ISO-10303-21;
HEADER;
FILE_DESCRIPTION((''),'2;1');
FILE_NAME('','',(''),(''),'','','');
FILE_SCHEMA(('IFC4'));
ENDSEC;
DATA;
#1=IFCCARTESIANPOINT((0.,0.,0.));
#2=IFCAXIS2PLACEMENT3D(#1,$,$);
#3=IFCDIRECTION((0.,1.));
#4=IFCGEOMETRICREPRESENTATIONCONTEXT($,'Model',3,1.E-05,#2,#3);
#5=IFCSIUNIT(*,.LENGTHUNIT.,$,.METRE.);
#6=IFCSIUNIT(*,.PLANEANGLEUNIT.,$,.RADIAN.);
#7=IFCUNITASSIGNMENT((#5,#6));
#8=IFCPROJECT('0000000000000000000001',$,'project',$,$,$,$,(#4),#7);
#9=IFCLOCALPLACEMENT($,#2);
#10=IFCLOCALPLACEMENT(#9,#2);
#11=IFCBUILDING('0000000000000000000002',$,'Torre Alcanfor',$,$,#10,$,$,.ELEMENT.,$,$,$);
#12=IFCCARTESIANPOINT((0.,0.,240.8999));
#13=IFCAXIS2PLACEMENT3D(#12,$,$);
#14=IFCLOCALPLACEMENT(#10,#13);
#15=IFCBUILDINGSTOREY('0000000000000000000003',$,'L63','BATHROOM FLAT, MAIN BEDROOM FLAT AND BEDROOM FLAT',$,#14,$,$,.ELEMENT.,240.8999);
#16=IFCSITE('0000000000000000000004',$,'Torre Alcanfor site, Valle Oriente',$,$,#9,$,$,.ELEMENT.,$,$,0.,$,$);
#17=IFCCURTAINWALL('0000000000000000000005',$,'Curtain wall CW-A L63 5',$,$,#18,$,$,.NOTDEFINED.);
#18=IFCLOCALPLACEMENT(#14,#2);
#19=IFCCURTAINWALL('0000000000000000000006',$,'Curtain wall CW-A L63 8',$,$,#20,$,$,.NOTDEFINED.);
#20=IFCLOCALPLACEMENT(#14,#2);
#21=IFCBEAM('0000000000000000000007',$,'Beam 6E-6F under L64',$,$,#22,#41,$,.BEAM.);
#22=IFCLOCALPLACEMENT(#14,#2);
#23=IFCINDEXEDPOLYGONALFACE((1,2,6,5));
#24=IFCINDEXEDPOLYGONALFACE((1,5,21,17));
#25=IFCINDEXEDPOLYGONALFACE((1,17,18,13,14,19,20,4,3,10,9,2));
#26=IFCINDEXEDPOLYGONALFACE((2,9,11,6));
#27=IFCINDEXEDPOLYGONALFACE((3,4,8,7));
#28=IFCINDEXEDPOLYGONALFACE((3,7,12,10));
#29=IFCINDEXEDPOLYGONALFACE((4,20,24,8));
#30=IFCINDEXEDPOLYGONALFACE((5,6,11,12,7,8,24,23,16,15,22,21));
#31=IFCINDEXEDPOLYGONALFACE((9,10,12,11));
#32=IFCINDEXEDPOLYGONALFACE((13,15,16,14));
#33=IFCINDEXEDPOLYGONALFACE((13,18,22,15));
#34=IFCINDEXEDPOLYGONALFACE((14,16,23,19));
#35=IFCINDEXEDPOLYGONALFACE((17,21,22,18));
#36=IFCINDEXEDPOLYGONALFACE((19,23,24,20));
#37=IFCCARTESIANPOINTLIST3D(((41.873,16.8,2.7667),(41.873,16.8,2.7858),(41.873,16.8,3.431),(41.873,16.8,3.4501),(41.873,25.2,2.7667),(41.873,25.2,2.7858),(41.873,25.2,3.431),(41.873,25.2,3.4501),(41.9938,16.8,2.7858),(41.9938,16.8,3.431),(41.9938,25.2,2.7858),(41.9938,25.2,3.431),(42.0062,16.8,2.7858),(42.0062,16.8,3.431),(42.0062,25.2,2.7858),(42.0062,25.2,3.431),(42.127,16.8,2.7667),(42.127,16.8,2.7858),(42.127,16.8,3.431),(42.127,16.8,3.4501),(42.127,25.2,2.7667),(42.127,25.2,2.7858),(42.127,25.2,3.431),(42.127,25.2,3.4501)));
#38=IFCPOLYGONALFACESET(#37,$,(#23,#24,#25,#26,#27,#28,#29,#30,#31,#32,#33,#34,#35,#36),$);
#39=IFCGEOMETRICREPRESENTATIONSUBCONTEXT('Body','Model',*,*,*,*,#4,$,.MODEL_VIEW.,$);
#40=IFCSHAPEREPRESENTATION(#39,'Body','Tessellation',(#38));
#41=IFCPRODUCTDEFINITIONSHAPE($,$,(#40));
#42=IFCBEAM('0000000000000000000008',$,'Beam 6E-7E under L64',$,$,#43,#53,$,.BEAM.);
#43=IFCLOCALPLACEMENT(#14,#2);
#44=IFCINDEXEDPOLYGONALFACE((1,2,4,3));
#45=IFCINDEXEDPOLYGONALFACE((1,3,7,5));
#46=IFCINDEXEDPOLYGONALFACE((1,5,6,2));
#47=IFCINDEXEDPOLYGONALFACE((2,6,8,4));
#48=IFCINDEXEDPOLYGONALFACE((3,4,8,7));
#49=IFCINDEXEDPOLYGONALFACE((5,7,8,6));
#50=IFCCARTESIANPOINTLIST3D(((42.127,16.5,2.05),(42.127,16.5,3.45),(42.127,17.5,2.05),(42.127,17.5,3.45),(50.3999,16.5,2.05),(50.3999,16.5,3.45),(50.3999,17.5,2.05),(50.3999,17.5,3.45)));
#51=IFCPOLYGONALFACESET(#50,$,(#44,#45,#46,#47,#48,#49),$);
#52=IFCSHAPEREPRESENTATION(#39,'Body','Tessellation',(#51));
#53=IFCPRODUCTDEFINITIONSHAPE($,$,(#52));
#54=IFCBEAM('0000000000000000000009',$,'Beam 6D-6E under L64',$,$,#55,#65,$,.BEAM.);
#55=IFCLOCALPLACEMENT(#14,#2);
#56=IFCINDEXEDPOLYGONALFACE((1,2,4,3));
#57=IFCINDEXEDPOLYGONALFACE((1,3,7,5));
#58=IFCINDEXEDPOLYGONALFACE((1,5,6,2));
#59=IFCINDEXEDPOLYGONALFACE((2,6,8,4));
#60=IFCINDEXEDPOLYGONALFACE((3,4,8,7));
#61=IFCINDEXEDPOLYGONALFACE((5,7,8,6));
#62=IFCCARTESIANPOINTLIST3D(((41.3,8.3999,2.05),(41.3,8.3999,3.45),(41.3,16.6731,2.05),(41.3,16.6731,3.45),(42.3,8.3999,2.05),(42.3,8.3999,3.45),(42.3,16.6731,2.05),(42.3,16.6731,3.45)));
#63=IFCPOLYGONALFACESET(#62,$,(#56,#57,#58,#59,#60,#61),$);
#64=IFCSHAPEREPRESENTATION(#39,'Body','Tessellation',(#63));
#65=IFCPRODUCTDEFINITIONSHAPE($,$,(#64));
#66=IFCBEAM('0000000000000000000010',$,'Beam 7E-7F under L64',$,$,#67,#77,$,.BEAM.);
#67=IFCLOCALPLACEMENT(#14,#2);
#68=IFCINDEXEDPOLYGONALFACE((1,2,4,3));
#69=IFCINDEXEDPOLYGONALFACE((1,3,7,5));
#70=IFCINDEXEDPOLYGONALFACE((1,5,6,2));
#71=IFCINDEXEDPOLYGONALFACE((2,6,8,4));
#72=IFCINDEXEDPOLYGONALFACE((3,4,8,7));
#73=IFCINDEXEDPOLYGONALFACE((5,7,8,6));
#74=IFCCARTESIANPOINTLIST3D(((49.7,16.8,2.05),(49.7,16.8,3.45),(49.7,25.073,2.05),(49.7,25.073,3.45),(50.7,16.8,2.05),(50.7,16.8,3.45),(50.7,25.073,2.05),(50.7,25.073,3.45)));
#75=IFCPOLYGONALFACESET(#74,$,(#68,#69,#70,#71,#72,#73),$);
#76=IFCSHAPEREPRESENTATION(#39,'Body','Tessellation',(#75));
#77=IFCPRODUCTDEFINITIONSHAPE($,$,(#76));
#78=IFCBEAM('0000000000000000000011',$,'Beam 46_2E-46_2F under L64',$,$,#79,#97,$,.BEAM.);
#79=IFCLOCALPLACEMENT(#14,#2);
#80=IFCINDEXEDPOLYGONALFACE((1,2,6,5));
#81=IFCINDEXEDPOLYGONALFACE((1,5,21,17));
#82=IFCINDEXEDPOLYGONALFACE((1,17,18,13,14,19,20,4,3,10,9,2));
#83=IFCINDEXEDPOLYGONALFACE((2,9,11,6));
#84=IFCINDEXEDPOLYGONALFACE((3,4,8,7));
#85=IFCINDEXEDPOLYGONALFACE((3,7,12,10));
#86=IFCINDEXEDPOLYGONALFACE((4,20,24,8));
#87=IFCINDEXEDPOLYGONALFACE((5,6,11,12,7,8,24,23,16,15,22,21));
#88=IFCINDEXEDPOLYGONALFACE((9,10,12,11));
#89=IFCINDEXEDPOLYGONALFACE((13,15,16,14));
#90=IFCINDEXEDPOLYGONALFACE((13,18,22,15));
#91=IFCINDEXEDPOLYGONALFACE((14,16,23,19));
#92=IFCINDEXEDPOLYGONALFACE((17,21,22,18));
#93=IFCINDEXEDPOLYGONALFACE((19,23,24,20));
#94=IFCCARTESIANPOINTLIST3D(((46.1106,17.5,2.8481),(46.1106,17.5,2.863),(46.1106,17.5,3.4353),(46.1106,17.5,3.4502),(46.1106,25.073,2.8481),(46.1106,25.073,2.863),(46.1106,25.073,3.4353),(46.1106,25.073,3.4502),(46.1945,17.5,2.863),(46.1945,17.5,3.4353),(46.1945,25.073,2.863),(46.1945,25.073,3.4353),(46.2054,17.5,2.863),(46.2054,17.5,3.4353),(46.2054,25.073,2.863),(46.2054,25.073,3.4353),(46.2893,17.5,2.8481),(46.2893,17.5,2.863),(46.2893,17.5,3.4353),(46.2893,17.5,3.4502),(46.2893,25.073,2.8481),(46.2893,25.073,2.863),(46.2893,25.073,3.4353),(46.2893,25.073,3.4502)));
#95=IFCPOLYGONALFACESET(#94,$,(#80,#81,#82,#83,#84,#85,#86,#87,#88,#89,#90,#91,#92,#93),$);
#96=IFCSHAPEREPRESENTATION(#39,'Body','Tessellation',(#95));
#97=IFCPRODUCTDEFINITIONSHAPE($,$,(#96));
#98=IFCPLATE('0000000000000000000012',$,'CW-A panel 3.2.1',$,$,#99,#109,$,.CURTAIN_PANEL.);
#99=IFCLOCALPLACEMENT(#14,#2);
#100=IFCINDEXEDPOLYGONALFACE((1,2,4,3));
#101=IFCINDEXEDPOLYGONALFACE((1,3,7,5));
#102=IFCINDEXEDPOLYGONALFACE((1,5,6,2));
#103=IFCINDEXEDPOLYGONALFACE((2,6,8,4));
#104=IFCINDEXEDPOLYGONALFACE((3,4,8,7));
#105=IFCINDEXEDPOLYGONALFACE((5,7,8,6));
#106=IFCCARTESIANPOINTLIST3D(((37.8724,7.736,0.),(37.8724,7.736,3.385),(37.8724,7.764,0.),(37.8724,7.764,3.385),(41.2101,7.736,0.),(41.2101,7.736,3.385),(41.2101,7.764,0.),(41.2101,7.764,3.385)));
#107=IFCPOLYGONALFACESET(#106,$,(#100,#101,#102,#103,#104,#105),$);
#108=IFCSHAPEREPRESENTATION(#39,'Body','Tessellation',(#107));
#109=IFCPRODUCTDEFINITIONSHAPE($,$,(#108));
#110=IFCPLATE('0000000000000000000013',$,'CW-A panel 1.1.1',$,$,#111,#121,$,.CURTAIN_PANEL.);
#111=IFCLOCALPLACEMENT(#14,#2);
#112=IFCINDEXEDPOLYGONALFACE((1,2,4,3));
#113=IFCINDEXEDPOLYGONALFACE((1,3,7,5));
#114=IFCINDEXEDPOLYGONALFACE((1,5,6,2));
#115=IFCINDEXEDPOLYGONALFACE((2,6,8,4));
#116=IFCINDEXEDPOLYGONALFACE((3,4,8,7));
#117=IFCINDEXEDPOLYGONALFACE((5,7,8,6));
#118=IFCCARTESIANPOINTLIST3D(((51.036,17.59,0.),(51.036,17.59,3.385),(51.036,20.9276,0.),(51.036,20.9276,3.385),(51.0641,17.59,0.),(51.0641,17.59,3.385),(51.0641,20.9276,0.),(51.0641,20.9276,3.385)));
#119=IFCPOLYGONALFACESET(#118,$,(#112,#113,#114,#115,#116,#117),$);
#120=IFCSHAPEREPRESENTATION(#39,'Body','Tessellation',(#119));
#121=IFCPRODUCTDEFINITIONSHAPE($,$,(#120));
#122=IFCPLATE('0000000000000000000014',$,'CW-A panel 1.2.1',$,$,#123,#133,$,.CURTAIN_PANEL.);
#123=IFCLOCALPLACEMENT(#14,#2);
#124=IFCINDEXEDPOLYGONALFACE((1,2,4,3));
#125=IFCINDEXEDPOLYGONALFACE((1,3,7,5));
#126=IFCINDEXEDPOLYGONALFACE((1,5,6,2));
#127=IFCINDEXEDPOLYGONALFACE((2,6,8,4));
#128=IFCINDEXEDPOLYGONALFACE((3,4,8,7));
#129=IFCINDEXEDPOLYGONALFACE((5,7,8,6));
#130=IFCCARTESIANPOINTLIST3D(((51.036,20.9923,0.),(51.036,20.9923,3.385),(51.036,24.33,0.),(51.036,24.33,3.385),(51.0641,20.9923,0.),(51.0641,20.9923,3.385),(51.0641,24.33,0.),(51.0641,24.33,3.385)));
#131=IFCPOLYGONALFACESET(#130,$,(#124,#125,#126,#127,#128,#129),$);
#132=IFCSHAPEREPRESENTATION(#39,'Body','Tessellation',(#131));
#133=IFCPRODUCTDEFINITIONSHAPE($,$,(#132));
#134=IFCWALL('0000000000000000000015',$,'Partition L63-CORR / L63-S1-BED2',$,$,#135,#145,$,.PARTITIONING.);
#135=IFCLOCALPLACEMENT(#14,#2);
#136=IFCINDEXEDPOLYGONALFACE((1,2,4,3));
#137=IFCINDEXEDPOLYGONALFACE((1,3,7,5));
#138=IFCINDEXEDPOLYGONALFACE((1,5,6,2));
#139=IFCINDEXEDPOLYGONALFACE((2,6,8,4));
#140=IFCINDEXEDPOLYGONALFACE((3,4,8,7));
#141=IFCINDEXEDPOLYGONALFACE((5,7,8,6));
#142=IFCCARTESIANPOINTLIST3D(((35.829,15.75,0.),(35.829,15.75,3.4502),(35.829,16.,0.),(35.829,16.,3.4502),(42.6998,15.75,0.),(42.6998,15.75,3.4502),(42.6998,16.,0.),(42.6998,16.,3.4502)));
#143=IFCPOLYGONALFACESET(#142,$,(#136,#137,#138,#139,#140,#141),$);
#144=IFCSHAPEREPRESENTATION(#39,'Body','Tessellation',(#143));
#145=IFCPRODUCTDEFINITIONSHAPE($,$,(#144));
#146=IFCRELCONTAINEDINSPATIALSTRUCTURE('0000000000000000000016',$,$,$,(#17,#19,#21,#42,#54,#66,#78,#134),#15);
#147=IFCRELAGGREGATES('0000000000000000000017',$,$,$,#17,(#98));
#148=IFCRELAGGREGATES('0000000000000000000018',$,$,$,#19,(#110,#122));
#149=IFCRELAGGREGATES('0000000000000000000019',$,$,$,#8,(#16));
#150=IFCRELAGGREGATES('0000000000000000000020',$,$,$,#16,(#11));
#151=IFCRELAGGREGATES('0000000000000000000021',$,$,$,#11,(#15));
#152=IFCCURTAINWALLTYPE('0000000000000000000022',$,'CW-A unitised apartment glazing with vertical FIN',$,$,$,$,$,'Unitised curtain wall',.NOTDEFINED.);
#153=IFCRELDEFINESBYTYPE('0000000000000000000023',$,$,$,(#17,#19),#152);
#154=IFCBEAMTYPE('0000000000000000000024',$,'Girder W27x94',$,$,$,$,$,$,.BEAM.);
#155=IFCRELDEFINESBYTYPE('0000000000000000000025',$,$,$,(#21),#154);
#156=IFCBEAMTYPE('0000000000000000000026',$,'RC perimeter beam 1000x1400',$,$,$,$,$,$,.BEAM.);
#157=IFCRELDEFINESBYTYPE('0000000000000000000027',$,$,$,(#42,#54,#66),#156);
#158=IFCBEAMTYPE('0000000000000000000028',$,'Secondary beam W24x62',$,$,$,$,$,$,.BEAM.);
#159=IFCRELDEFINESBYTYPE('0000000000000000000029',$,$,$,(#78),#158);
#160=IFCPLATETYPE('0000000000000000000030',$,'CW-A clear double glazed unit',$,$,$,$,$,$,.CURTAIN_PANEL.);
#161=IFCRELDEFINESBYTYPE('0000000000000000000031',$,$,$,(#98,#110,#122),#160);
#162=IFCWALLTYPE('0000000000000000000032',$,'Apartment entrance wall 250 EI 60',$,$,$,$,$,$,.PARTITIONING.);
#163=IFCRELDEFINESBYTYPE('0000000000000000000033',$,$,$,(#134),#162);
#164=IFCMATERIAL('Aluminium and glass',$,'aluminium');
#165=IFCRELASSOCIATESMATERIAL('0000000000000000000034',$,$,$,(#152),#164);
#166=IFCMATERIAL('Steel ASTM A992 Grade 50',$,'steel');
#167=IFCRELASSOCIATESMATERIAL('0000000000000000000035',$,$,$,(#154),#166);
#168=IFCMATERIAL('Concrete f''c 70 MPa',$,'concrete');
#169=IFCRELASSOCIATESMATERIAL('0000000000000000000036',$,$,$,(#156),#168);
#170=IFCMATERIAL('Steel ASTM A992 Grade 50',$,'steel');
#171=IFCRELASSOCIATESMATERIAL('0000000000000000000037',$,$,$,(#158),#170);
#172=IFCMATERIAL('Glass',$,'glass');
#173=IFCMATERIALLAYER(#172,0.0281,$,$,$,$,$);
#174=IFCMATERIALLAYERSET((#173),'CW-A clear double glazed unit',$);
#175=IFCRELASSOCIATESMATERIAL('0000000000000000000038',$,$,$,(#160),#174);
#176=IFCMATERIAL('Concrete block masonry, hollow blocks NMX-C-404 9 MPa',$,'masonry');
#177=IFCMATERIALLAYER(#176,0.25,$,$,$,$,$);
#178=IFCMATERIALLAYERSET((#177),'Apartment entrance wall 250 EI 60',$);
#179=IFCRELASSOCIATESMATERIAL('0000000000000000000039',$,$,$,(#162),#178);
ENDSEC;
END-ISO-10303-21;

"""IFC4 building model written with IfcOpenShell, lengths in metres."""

from ifc_helpers import new_model, si_unit, direction, frame, frame_2d, origin, origin_2d, place, context, subcontext, project, spatial, rectangle, i_section, extrude, material, layer, layer_set, material_profile, profile_set, type_object, element, aggregate, save


model = new_model("IFC4")

# Units and contexts
model_context = context("Model", 3, precision=1e-05, world=origin(), true_north=direction((0.0, 1.0)))
body_context = subcontext(model_context, "Body", "Model", "MODEL_VIEW")
ifc_project = project(units=[si_unit("LENGTHUNIT", "METRE"), si_unit("PLANEANGLEUNIT", "RADIAN")], contexts=[model_context])

# Site, building, storey
site_placement = place(None, origin())
site = spatial("IfcSite", under=ifc_project, at=site_placement, Name="Torre Alcanfor site, Valle Oriente", CompositionType="ELEMENT", RefElevation=0.0)
building_placement = place(site_placement, origin())
building = spatial("IfcBuilding", under=site, at=building_placement, Name="Torre Alcanfor", CompositionType="ELEMENT")
storey_placement = place(building_placement, frame((0.0, 0.0, 240.8999)))
storey = spatial("IfcBuildingStorey", under=building, at=storey_placement, Name="L63", Description="BATHROOM FLAT, MAIN BEDROOM FLAT AND BEDROOM FLAT", CompositionType="ELEMENT", Elevation=240.8999)

# Curtain wall
ifc_material_1 = material(Name="Aluminium and glass", Category="aluminium")
curtain_wall_type = type_object("IfcCurtainWallType", Name="CW-A unitised apartment glazing with vertical FIN", ElementType="Unitised curtain wall", PredefinedType="NOTDEFINED", material=ifc_material_1)
curtain_wall_1_placement = place(storey_placement, origin())
curtain_wall_1 = element("IfcCurtainWall", 1, at=curtain_wall_1_placement, inside=storey, type_object=curtain_wall_type, Name="Curtain wall CW-A L63 5", PredefinedType="NOTDEFINED")

# Curtain wall
curtain_wall_2_placement = place(storey_placement, origin())
curtain_wall_2 = element("IfcCurtainWall", 2, at=curtain_wall_2_placement, inside=storey, type_object=curtain_wall_type, Name="Curtain wall CW-A L63 8", PredefinedType="NOTDEFINED")

# Beams
ifc_material_2 = material(Name="Steel ASTM A992 Grade 50", Category="steel")
ifc_material_profile_1 = material_profile(ifc_material_2, i_section(OverallWidth=0.2539, OverallDepth=0.6833, WebThickness=0.0125, FlangeThickness=0.019, at=origin_2d()), Name="W27x94")
ifc_profile_set_1 = profile_set([ifc_material_profile_1], Name="Steel ASTM A992 Grade 50")
beam_type_1 = type_object("IfcBeamType", Name="Girder W27x94", PredefinedType="BEAM", material=ifc_profile_set_1)
beam_1_placement = place(storey_placement, frame((42.0, 16.8, 3.1084), z_axis=(0.0, 1.0, 0.0), x_axis=(-1.0, 0.0, 0.0)))
element("IfcBeam", 3, at=beam_1_placement, inside=storey, type_object=beam_type_1, Name="Beam 6E-6F under L64", PredefinedType="BEAM", context=body_context, shape_type="SweptSolid", body=[
    extrude(i_section(OverallWidth=0.2539, OverallDepth=0.6833, WebThickness=0.0125, FlangeThickness=0.019, at=origin_2d()), origin(), (0.0, 0.0, 1.0), 8.3999),
])
ifc_material_3 = material(Name="Concrete f'c 70 MPa", Category="concrete")
ifc_material_profile_2 = material_profile(ifc_material_3, rectangle(XDim=1.0, YDim=1.3999, at=origin_2d()), Name="1000x1400")
ifc_profile_set_2 = profile_set([ifc_material_profile_2], Name="Concrete f'c 70 MPa")
beam_type_2 = type_object("IfcBeamType", Name="RC perimeter beam 1000x1400", PredefinedType="BEAM", material=ifc_profile_set_2)
beam_2_placement = place(storey_placement, frame((42.127, 17.0, 2.75), z_axis=(1.0, 0.0, 0.0), x_axis=(0.0, 1.0, 0.0)))
element("IfcBeam", 4, at=beam_2_placement, inside=storey, type_object=beam_type_2, Name="Beam 6E-7E under L64", PredefinedType="BEAM", context=body_context, shape_type="SweptSolid", body=[
    extrude(rectangle(XDim=1.0, YDim=1.3999, at=origin_2d()), origin(), (0.0, 0.0, 1.0), 8.2729),
])
beam_3_placement = place(storey_placement, frame((41.8, 8.3999, 2.75), z_axis=(0.0, 1.0, 0.0), x_axis=(-1.0, 0.0, 0.0)))
element("IfcBeam", 5, at=beam_3_placement, inside=storey, type_object=beam_type_2, Name="Beam 6D-6E under L64", PredefinedType="BEAM", context=body_context, shape_type="SweptSolid", body=[
    extrude(rectangle(XDim=1.0, YDim=1.3999, at=origin_2d()), origin(), (0.0, 0.0, 1.0), 8.2732),
])
beam_4_placement = place(storey_placement, frame((50.2, 16.8, 2.75), z_axis=(0.0, 1.0, 0.0), x_axis=(-1.0, 0.0, 0.0)))
element("IfcBeam", 6, at=beam_4_placement, inside=storey, type_object=beam_type_2, Name="Beam 7E-7F under L64", PredefinedType="BEAM", context=body_context, shape_type="SweptSolid", body=[
    extrude(rectangle(XDim=1.0, YDim=1.3999, at=origin_2d()), origin(), (0.0, 0.0, 1.0), 8.2729),
])
ifc_material_4 = material(Name="Steel ASTM A992 Grade 50", Category="steel")
ifc_material_profile_3 = material_profile(ifc_material_4, i_section(OverallWidth=0.1787, OverallDepth=0.6021, WebThickness=0.011, FlangeThickness=0.0149, at=origin_2d()), Name="W24x62")
ifc_profile_set_3 = profile_set([ifc_material_profile_3], Name="Steel ASTM A992 Grade 50")
beam_type_3 = type_object("IfcBeamType", Name="Secondary beam W24x62", PredefinedType="BEAM", material=ifc_profile_set_3)
beam_5_placement = place(storey_placement, frame((46.2, 17.5, 3.1492), z_axis=(0.0, 1.0, 0.0), x_axis=(-1.0, 0.0, 0.0)))
element("IfcBeam", 7, at=beam_5_placement, inside=storey, type_object=beam_type_3, Name="Beam 46_2E-46_2F under L64", PredefinedType="BEAM", context=body_context, shape_type="SweptSolid", body=[
    extrude(i_section(OverallWidth=0.1787, OverallDepth=0.6021, WebThickness=0.011, FlangeThickness=0.0149, at=origin_2d()), origin(), (0.0, 0.0, 1.0), 7.573),
])

# Plates
ifc_material_5 = material(Name="Glass", Category="glass")
ifc_layer_1 = layer(ifc_material_5, 0.0281)
ifc_layer_set_1 = layer_set([ifc_layer_1], Name="CW-A clear double glazed unit")
plate_type = type_object("IfcPlateType", Name="CW-A clear double glazed unit", PredefinedType="CURTAIN_PANEL", material=ifc_layer_set_1)
plate_1_placement = place(storey_placement, frame((39.5413, 7.75, 0.0), z_axis=(0.0, 0.0, 1.0), x_axis=(1.0, 0.0, 0.0)))
plate_1 = element("IfcPlate", 8, at=plate_1_placement, type_object=plate_type, Name="CW-A panel 3.2.1", PredefinedType="CURTAIN_PANEL", context=body_context, shape_type="SweptSolid", body=[
    extrude(rectangle(XDim=3.3376, YDim=0.0281, at=origin_2d()), origin(), (0.0, 0.0, 1.0), 3.385),
])
aggregate(curtain_wall_1, [plate_1])
plate_2_placement = place(storey_placement, frame((51.05, 19.2588, 0.0), z_axis=(0.0, 0.0, 1.0), x_axis=(0.0, 1.0, 0.0)))
plate_2 = element("IfcPlate", 9, at=plate_2_placement, type_object=plate_type, Name="CW-A panel 1.1.1", PredefinedType="CURTAIN_PANEL", context=body_context, shape_type="SweptSolid", body=[
    extrude(rectangle(XDim=3.3376, YDim=0.0281, at=origin_2d()), origin(), (0.0, 0.0, 1.0), 3.385),
])
plate_3_placement = place(storey_placement, frame((51.05, 22.6611, 0.0), z_axis=(0.0, 0.0, 1.0), x_axis=(0.0, 1.0, 0.0)))
plate_3 = element("IfcPlate", 10, at=plate_3_placement, type_object=plate_type, Name="CW-A panel 1.2.1", PredefinedType="CURTAIN_PANEL", context=body_context, shape_type="SweptSolid", body=[
    extrude(rectangle(XDim=3.3376, YDim=0.0281, at=origin_2d()), origin(), (0.0, 0.0, 1.0), 3.385),
])
aggregate(curtain_wall_2, [plate_2, plate_3])

# Wall
ifc_material_6 = material(Name="Concrete block masonry, hollow blocks NMX-C-404 9 MPa", Category="masonry")
ifc_layer_2 = layer(ifc_material_6, 0.25)
ifc_layer_set_2 = layer_set([ifc_layer_2], Name="Apartment entrance wall 250 EI 60")
wall_type_1 = type_object("IfcWallType", Name="Apartment entrance wall 250 EI 60", PredefinedType="PARTITIONING", material=ifc_layer_set_2)
wall_1_placement = place(storey_placement, frame((42.7, 15.875, 0.0), z_axis=(0.0, 0.0, 1.0), x_axis=(-1.0, 0.0, 0.0)))
element("IfcWall", 11, at=wall_1_placement, inside=storey, type_object=wall_type_1, Name="Partition L63-CORR / L63-S1-BED2", PredefinedType="PARTITIONING", context=body_context, shape_type="SweptSolid", body=[
    extrude(rectangle(XDim=6.8708, YDim=0.25, at=frame_2d((3.4355, 0.0))), origin(), (0.0, 0.0, 1.0), 3.4502),
])

save(model, "model.ifc")
